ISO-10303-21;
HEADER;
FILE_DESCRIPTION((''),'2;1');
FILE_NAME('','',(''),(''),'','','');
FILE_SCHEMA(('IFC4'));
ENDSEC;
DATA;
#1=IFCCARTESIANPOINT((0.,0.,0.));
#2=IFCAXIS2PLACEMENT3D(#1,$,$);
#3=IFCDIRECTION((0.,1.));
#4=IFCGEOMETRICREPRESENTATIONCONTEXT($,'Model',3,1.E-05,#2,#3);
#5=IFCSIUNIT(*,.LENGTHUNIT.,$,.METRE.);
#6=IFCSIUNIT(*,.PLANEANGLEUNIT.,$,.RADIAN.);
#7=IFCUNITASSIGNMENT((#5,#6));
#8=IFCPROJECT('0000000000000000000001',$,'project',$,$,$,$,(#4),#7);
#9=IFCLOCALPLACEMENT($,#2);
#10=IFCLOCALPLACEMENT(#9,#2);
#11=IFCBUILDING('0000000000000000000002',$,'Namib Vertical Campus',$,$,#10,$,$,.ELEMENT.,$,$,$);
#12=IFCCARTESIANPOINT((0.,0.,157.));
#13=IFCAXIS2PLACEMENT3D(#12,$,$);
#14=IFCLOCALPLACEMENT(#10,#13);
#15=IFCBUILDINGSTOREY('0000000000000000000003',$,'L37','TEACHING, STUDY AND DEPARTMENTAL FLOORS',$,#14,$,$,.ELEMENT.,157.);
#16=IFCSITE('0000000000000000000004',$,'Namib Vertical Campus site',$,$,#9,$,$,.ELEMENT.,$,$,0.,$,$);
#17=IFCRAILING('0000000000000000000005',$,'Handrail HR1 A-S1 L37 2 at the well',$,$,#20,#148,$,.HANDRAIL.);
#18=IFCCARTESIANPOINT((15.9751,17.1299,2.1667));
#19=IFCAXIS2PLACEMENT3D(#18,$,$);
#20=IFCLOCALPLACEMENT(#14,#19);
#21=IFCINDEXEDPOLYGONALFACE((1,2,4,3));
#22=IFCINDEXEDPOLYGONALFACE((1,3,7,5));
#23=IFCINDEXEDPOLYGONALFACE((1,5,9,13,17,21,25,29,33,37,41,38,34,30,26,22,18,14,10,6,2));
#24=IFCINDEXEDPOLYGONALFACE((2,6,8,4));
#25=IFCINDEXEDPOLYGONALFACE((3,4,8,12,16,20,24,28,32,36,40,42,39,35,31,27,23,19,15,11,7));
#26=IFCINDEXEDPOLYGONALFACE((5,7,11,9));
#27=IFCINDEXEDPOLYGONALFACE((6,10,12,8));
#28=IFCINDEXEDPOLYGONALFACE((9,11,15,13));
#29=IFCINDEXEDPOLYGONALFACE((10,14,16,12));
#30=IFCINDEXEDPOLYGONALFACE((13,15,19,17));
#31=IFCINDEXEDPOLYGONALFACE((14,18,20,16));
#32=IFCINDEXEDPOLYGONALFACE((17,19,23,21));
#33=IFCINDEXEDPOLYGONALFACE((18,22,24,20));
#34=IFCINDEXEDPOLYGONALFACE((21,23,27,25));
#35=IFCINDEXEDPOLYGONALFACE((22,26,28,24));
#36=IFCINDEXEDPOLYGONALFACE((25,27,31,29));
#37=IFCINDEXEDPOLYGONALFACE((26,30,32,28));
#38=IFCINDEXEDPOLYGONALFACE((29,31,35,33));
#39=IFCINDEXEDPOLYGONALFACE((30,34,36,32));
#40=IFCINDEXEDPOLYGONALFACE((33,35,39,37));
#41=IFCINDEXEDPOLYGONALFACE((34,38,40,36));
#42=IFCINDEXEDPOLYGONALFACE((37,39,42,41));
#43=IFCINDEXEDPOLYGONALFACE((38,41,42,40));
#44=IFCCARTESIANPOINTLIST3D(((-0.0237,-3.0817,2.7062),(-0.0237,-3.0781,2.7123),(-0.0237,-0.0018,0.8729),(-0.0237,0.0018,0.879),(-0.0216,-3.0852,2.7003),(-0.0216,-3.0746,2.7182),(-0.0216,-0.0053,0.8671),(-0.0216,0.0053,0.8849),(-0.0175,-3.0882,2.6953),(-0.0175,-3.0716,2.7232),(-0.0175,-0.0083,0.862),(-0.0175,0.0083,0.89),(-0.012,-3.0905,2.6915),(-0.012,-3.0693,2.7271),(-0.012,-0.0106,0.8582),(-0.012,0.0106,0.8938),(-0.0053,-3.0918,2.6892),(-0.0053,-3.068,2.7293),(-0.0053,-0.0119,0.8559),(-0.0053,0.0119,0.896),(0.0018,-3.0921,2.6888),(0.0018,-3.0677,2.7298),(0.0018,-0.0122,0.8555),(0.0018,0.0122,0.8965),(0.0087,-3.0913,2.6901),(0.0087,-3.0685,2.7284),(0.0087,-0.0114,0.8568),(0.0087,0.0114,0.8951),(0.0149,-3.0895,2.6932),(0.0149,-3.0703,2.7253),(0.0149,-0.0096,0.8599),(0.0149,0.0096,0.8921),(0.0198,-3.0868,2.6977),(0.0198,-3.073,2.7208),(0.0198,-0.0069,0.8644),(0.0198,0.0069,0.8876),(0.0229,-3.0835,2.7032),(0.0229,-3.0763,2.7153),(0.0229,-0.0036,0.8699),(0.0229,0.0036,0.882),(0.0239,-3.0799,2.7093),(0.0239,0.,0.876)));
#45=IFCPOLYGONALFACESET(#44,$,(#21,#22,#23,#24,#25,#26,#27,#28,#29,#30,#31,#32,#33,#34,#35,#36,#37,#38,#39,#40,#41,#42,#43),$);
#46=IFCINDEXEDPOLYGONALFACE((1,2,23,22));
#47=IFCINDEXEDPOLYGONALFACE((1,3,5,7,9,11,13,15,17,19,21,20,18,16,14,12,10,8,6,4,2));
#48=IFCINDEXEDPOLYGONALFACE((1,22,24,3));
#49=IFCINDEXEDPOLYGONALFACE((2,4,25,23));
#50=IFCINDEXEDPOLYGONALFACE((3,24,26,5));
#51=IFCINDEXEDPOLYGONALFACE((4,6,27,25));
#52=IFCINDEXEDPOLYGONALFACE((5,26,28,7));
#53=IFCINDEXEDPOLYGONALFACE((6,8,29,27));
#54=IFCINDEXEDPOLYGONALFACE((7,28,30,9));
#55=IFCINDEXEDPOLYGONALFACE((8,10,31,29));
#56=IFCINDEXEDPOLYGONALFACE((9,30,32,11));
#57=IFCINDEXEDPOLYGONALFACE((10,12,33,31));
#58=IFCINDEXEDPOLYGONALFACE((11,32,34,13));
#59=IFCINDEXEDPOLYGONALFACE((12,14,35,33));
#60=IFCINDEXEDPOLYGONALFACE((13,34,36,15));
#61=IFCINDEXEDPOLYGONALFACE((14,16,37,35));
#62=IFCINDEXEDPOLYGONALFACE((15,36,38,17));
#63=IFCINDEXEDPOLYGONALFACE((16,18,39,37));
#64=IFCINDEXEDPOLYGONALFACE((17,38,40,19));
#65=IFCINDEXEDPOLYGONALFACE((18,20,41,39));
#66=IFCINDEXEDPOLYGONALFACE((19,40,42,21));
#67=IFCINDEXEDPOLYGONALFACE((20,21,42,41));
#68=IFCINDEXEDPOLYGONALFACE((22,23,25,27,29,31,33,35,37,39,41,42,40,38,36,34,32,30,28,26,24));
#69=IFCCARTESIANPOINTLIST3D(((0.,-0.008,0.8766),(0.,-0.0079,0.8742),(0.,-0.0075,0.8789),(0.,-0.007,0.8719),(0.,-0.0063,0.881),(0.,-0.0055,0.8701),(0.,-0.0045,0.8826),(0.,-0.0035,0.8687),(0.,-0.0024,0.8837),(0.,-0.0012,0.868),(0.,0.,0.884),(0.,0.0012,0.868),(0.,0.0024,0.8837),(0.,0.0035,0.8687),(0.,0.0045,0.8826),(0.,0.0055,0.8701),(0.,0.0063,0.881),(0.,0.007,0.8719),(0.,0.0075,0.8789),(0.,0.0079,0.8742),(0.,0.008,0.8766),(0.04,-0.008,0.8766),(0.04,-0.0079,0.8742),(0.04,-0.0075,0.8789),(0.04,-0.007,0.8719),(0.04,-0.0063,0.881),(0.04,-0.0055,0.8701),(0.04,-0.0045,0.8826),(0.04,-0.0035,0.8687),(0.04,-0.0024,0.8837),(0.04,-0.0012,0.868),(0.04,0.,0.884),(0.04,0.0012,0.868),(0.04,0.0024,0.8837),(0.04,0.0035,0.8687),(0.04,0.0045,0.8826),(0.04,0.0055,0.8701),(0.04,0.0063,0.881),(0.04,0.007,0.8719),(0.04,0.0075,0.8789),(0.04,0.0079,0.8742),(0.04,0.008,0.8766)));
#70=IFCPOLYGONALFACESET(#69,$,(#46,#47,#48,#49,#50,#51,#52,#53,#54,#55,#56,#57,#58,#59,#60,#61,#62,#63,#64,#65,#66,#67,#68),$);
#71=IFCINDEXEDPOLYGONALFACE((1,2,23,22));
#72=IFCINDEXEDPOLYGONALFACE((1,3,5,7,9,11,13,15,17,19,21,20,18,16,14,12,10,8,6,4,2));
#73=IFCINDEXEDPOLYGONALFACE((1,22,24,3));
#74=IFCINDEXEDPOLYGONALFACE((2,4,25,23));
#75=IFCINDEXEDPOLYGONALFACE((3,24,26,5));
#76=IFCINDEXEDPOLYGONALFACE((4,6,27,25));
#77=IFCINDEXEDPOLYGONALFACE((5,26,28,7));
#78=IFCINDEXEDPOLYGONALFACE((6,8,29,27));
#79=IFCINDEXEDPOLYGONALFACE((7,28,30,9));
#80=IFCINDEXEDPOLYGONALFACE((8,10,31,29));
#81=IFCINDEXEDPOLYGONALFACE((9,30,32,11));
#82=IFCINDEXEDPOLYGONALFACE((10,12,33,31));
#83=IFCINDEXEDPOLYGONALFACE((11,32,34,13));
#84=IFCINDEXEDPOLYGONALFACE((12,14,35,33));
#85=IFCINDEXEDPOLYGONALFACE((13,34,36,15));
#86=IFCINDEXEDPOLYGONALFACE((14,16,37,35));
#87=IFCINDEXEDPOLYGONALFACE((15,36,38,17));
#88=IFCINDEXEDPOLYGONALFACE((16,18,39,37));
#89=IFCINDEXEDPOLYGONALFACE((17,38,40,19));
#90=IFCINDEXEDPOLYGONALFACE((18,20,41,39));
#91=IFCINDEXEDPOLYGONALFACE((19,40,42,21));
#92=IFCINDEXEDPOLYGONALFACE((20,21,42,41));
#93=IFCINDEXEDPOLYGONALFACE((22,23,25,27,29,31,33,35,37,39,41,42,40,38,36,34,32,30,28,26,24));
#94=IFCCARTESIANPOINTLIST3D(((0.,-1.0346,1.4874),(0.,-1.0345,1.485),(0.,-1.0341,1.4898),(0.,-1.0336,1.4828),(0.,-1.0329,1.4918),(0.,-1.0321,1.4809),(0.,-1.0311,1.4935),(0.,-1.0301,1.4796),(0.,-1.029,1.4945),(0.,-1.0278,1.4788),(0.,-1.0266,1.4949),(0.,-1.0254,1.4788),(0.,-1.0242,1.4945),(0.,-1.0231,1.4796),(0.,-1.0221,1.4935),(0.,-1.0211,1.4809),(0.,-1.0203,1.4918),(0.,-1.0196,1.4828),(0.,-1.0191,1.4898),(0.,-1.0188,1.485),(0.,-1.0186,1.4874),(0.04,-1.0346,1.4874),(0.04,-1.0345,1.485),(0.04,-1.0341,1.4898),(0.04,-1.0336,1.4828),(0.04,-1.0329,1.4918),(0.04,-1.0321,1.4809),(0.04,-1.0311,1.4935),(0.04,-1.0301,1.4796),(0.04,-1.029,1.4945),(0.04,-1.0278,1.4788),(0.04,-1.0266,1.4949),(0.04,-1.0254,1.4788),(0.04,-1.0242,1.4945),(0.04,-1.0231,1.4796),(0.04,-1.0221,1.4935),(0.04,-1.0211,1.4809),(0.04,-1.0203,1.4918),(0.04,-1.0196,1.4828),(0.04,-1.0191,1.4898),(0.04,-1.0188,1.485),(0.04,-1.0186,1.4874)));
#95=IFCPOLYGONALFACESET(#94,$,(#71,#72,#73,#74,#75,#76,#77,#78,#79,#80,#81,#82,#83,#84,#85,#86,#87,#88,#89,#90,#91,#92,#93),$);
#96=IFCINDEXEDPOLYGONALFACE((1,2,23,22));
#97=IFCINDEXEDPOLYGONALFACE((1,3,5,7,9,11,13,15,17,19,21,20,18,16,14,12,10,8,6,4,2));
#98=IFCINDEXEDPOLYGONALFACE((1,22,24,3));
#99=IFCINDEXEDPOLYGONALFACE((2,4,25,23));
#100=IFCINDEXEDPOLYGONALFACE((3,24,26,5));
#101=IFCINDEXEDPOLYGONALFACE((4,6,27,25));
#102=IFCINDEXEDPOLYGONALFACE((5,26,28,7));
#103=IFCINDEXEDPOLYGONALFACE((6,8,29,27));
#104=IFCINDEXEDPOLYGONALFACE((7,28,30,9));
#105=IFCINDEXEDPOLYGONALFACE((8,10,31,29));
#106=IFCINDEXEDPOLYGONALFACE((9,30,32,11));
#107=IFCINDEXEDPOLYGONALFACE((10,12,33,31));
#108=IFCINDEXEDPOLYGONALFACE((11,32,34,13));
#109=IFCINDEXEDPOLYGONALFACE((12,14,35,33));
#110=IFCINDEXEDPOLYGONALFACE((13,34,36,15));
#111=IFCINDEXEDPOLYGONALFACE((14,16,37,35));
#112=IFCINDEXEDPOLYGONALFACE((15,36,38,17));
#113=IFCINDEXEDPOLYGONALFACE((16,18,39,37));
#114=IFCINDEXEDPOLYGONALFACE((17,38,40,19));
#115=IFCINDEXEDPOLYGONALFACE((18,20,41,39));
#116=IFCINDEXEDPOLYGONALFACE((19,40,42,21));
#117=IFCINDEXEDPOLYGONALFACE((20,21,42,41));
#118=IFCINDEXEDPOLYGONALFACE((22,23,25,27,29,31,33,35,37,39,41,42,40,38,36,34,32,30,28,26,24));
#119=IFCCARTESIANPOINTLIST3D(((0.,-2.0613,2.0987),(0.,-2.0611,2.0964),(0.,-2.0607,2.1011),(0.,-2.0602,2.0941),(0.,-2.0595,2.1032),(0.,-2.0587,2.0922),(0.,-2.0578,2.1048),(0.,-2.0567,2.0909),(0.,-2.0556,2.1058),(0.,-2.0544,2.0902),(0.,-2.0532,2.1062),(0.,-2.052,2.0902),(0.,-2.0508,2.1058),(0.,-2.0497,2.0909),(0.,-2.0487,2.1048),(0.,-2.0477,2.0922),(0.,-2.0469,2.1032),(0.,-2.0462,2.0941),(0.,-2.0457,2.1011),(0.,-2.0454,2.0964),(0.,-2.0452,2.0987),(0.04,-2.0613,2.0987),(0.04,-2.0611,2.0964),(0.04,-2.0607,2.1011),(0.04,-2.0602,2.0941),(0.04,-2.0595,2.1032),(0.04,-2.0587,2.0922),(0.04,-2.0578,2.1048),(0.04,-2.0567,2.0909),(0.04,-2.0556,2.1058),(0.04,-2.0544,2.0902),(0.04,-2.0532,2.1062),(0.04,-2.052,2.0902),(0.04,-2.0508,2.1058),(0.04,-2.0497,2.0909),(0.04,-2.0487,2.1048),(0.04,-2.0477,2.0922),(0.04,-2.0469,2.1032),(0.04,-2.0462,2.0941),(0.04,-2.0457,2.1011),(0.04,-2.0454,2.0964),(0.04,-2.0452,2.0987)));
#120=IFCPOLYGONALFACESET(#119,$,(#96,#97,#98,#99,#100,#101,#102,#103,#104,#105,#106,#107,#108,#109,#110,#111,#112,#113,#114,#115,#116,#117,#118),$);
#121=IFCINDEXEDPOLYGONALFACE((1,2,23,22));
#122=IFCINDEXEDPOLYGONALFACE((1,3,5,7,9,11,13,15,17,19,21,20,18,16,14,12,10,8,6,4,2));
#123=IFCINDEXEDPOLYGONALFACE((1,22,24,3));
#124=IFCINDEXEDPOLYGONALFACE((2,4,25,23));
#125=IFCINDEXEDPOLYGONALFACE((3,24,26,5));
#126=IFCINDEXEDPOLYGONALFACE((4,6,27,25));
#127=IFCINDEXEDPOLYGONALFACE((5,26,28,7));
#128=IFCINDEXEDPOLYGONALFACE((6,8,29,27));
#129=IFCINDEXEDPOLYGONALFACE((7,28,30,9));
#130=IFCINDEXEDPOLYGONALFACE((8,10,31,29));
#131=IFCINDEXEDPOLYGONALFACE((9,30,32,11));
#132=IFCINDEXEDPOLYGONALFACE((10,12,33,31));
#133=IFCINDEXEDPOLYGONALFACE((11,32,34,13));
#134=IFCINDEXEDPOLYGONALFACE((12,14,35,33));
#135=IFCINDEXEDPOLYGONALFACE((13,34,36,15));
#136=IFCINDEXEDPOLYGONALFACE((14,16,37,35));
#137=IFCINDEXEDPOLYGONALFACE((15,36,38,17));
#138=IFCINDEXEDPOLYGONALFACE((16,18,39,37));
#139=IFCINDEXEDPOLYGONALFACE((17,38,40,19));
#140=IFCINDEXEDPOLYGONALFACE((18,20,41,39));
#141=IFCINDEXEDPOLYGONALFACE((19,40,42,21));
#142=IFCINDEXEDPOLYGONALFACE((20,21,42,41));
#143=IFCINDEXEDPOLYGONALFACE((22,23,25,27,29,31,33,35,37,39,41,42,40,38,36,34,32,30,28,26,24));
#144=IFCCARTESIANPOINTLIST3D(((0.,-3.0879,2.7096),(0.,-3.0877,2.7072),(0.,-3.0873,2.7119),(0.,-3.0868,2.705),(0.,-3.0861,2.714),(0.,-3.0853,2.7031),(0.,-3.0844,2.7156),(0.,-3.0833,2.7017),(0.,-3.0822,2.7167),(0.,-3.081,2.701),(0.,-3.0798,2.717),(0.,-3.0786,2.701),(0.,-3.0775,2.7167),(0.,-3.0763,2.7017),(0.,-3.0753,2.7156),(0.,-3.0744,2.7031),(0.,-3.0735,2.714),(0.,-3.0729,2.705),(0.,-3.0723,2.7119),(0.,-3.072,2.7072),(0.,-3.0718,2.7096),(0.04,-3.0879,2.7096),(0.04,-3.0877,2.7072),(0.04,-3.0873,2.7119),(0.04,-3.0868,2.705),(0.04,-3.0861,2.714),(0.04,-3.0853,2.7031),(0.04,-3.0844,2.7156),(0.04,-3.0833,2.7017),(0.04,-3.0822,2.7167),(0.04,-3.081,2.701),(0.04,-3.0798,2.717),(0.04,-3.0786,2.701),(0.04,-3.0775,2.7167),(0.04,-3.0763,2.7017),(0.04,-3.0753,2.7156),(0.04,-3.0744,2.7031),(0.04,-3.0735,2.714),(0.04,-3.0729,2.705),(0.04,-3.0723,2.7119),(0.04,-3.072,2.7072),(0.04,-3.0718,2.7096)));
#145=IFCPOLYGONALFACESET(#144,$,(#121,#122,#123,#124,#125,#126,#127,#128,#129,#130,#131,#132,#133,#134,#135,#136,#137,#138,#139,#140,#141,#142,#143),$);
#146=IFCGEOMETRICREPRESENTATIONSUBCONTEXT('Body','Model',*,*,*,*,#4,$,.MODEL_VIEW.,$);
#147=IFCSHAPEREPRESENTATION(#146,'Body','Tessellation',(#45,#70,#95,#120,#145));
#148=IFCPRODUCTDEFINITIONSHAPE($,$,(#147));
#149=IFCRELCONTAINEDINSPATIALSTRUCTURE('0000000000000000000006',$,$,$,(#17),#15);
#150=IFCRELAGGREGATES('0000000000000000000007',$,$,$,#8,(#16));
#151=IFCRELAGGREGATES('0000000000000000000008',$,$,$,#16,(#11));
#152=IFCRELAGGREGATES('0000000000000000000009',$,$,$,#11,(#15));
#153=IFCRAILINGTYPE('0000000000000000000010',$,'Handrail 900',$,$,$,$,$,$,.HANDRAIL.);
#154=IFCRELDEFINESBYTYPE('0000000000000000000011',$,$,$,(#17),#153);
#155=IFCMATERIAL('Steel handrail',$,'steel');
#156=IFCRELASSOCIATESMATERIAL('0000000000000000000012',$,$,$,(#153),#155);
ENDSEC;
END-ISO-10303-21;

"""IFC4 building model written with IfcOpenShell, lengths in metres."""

from ifc_helpers import new_model, si_unit, direction, frame, origin, origin_2d, place, context, subcontext, project, spatial, circle, extrude, material, type_object, element, save


model = new_model("IFC4")

# Units and contexts
model_context = context("Model", 3, precision=1e-05, world=origin(), true_north=direction((0.0, 1.0)))
body_context = subcontext(model_context, "Body", "Model", "MODEL_VIEW")
ifc_project = project(units=[si_unit("LENGTHUNIT", "METRE"), si_unit("PLANEANGLEUNIT", "RADIAN")], contexts=[model_context])

# Site, building, storey
site_placement = place(None, origin())
site = spatial("IfcSite", under=ifc_project, at=site_placement, Name="Namib Vertical Campus site", CompositionType="ELEMENT", RefElevation=0.0)
building_placement = place(site_placement, origin())
building = spatial("IfcBuilding", under=site, at=building_placement, Name="Namib Vertical Campus", CompositionType="ELEMENT")
storey_placement = place(building_placement, frame((0.0, 0.0, 157.0)))
storey = spatial("IfcBuildingStorey", under=building, at=storey_placement, Name="L37", Description="TEACHING, STUDY AND DEPARTMENTAL FLOORS", CompositionType="ELEMENT", Elevation=157.0)

# Railing
ifc_material_1 = material(Name="Steel handrail", Category="steel")
railing_type_1 = type_object("IfcRailingType", Name="Handrail 900", PredefinedType="HANDRAIL", material=ifc_material_1)
railing_1_placement = place(storey_placement, frame((15.9751, 17.1299, 2.1667)))
element("IfcRailing", 1, at=railing_1_placement, inside=storey, type_object=railing_type_1, Name="Handrail HR1 A-S1 L37 2 at the well", PredefinedType="HANDRAIL", context=body_context, shape_type="SweptSolid", body=[
    extrude(circle(Radius=0.0239, at=origin_2d()), frame((0.0, 0.0, 0.876), z_axis=(0.0, -0.859291, 0.511487), x_axis=(1.0, 0.0, 0.0)), (0.0, 0.0, 1.0), 3.5842),
    extrude(circle(Radius=0.0081, at=origin_2d()), frame((0.0, 0.0, 0.876), z_axis=(1.0, 0.0, 0.0), x_axis=(0.0, 0.0, 1.0)), (0.0, 0.0, 1.0), 0.04),
    extrude(circle(Radius=0.0081, at=origin_2d()), frame((0.0, -1.0266, 1.4868), z_axis=(1.0, 0.0, 0.0), x_axis=(0.0, 0.0, 1.0)), (0.0, 0.0, 1.0), 0.04),
    extrude(circle(Radius=0.0081, at=origin_2d()), frame((0.0, -2.0532, 2.0981), z_axis=(1.0, 0.0, 0.0), x_axis=(0.0, 0.0, 1.0)), (0.0, 0.0, 1.0), 0.04),
    extrude(circle(Radius=0.0081, at=origin_2d()), frame((0.0, -3.0798, 2.709), z_axis=(1.0, 0.0, 0.0), x_axis=(0.0, 0.0, 1.0)), (0.0, 0.0, 1.0), 0.04),
])

save(model, "model.ifc")
